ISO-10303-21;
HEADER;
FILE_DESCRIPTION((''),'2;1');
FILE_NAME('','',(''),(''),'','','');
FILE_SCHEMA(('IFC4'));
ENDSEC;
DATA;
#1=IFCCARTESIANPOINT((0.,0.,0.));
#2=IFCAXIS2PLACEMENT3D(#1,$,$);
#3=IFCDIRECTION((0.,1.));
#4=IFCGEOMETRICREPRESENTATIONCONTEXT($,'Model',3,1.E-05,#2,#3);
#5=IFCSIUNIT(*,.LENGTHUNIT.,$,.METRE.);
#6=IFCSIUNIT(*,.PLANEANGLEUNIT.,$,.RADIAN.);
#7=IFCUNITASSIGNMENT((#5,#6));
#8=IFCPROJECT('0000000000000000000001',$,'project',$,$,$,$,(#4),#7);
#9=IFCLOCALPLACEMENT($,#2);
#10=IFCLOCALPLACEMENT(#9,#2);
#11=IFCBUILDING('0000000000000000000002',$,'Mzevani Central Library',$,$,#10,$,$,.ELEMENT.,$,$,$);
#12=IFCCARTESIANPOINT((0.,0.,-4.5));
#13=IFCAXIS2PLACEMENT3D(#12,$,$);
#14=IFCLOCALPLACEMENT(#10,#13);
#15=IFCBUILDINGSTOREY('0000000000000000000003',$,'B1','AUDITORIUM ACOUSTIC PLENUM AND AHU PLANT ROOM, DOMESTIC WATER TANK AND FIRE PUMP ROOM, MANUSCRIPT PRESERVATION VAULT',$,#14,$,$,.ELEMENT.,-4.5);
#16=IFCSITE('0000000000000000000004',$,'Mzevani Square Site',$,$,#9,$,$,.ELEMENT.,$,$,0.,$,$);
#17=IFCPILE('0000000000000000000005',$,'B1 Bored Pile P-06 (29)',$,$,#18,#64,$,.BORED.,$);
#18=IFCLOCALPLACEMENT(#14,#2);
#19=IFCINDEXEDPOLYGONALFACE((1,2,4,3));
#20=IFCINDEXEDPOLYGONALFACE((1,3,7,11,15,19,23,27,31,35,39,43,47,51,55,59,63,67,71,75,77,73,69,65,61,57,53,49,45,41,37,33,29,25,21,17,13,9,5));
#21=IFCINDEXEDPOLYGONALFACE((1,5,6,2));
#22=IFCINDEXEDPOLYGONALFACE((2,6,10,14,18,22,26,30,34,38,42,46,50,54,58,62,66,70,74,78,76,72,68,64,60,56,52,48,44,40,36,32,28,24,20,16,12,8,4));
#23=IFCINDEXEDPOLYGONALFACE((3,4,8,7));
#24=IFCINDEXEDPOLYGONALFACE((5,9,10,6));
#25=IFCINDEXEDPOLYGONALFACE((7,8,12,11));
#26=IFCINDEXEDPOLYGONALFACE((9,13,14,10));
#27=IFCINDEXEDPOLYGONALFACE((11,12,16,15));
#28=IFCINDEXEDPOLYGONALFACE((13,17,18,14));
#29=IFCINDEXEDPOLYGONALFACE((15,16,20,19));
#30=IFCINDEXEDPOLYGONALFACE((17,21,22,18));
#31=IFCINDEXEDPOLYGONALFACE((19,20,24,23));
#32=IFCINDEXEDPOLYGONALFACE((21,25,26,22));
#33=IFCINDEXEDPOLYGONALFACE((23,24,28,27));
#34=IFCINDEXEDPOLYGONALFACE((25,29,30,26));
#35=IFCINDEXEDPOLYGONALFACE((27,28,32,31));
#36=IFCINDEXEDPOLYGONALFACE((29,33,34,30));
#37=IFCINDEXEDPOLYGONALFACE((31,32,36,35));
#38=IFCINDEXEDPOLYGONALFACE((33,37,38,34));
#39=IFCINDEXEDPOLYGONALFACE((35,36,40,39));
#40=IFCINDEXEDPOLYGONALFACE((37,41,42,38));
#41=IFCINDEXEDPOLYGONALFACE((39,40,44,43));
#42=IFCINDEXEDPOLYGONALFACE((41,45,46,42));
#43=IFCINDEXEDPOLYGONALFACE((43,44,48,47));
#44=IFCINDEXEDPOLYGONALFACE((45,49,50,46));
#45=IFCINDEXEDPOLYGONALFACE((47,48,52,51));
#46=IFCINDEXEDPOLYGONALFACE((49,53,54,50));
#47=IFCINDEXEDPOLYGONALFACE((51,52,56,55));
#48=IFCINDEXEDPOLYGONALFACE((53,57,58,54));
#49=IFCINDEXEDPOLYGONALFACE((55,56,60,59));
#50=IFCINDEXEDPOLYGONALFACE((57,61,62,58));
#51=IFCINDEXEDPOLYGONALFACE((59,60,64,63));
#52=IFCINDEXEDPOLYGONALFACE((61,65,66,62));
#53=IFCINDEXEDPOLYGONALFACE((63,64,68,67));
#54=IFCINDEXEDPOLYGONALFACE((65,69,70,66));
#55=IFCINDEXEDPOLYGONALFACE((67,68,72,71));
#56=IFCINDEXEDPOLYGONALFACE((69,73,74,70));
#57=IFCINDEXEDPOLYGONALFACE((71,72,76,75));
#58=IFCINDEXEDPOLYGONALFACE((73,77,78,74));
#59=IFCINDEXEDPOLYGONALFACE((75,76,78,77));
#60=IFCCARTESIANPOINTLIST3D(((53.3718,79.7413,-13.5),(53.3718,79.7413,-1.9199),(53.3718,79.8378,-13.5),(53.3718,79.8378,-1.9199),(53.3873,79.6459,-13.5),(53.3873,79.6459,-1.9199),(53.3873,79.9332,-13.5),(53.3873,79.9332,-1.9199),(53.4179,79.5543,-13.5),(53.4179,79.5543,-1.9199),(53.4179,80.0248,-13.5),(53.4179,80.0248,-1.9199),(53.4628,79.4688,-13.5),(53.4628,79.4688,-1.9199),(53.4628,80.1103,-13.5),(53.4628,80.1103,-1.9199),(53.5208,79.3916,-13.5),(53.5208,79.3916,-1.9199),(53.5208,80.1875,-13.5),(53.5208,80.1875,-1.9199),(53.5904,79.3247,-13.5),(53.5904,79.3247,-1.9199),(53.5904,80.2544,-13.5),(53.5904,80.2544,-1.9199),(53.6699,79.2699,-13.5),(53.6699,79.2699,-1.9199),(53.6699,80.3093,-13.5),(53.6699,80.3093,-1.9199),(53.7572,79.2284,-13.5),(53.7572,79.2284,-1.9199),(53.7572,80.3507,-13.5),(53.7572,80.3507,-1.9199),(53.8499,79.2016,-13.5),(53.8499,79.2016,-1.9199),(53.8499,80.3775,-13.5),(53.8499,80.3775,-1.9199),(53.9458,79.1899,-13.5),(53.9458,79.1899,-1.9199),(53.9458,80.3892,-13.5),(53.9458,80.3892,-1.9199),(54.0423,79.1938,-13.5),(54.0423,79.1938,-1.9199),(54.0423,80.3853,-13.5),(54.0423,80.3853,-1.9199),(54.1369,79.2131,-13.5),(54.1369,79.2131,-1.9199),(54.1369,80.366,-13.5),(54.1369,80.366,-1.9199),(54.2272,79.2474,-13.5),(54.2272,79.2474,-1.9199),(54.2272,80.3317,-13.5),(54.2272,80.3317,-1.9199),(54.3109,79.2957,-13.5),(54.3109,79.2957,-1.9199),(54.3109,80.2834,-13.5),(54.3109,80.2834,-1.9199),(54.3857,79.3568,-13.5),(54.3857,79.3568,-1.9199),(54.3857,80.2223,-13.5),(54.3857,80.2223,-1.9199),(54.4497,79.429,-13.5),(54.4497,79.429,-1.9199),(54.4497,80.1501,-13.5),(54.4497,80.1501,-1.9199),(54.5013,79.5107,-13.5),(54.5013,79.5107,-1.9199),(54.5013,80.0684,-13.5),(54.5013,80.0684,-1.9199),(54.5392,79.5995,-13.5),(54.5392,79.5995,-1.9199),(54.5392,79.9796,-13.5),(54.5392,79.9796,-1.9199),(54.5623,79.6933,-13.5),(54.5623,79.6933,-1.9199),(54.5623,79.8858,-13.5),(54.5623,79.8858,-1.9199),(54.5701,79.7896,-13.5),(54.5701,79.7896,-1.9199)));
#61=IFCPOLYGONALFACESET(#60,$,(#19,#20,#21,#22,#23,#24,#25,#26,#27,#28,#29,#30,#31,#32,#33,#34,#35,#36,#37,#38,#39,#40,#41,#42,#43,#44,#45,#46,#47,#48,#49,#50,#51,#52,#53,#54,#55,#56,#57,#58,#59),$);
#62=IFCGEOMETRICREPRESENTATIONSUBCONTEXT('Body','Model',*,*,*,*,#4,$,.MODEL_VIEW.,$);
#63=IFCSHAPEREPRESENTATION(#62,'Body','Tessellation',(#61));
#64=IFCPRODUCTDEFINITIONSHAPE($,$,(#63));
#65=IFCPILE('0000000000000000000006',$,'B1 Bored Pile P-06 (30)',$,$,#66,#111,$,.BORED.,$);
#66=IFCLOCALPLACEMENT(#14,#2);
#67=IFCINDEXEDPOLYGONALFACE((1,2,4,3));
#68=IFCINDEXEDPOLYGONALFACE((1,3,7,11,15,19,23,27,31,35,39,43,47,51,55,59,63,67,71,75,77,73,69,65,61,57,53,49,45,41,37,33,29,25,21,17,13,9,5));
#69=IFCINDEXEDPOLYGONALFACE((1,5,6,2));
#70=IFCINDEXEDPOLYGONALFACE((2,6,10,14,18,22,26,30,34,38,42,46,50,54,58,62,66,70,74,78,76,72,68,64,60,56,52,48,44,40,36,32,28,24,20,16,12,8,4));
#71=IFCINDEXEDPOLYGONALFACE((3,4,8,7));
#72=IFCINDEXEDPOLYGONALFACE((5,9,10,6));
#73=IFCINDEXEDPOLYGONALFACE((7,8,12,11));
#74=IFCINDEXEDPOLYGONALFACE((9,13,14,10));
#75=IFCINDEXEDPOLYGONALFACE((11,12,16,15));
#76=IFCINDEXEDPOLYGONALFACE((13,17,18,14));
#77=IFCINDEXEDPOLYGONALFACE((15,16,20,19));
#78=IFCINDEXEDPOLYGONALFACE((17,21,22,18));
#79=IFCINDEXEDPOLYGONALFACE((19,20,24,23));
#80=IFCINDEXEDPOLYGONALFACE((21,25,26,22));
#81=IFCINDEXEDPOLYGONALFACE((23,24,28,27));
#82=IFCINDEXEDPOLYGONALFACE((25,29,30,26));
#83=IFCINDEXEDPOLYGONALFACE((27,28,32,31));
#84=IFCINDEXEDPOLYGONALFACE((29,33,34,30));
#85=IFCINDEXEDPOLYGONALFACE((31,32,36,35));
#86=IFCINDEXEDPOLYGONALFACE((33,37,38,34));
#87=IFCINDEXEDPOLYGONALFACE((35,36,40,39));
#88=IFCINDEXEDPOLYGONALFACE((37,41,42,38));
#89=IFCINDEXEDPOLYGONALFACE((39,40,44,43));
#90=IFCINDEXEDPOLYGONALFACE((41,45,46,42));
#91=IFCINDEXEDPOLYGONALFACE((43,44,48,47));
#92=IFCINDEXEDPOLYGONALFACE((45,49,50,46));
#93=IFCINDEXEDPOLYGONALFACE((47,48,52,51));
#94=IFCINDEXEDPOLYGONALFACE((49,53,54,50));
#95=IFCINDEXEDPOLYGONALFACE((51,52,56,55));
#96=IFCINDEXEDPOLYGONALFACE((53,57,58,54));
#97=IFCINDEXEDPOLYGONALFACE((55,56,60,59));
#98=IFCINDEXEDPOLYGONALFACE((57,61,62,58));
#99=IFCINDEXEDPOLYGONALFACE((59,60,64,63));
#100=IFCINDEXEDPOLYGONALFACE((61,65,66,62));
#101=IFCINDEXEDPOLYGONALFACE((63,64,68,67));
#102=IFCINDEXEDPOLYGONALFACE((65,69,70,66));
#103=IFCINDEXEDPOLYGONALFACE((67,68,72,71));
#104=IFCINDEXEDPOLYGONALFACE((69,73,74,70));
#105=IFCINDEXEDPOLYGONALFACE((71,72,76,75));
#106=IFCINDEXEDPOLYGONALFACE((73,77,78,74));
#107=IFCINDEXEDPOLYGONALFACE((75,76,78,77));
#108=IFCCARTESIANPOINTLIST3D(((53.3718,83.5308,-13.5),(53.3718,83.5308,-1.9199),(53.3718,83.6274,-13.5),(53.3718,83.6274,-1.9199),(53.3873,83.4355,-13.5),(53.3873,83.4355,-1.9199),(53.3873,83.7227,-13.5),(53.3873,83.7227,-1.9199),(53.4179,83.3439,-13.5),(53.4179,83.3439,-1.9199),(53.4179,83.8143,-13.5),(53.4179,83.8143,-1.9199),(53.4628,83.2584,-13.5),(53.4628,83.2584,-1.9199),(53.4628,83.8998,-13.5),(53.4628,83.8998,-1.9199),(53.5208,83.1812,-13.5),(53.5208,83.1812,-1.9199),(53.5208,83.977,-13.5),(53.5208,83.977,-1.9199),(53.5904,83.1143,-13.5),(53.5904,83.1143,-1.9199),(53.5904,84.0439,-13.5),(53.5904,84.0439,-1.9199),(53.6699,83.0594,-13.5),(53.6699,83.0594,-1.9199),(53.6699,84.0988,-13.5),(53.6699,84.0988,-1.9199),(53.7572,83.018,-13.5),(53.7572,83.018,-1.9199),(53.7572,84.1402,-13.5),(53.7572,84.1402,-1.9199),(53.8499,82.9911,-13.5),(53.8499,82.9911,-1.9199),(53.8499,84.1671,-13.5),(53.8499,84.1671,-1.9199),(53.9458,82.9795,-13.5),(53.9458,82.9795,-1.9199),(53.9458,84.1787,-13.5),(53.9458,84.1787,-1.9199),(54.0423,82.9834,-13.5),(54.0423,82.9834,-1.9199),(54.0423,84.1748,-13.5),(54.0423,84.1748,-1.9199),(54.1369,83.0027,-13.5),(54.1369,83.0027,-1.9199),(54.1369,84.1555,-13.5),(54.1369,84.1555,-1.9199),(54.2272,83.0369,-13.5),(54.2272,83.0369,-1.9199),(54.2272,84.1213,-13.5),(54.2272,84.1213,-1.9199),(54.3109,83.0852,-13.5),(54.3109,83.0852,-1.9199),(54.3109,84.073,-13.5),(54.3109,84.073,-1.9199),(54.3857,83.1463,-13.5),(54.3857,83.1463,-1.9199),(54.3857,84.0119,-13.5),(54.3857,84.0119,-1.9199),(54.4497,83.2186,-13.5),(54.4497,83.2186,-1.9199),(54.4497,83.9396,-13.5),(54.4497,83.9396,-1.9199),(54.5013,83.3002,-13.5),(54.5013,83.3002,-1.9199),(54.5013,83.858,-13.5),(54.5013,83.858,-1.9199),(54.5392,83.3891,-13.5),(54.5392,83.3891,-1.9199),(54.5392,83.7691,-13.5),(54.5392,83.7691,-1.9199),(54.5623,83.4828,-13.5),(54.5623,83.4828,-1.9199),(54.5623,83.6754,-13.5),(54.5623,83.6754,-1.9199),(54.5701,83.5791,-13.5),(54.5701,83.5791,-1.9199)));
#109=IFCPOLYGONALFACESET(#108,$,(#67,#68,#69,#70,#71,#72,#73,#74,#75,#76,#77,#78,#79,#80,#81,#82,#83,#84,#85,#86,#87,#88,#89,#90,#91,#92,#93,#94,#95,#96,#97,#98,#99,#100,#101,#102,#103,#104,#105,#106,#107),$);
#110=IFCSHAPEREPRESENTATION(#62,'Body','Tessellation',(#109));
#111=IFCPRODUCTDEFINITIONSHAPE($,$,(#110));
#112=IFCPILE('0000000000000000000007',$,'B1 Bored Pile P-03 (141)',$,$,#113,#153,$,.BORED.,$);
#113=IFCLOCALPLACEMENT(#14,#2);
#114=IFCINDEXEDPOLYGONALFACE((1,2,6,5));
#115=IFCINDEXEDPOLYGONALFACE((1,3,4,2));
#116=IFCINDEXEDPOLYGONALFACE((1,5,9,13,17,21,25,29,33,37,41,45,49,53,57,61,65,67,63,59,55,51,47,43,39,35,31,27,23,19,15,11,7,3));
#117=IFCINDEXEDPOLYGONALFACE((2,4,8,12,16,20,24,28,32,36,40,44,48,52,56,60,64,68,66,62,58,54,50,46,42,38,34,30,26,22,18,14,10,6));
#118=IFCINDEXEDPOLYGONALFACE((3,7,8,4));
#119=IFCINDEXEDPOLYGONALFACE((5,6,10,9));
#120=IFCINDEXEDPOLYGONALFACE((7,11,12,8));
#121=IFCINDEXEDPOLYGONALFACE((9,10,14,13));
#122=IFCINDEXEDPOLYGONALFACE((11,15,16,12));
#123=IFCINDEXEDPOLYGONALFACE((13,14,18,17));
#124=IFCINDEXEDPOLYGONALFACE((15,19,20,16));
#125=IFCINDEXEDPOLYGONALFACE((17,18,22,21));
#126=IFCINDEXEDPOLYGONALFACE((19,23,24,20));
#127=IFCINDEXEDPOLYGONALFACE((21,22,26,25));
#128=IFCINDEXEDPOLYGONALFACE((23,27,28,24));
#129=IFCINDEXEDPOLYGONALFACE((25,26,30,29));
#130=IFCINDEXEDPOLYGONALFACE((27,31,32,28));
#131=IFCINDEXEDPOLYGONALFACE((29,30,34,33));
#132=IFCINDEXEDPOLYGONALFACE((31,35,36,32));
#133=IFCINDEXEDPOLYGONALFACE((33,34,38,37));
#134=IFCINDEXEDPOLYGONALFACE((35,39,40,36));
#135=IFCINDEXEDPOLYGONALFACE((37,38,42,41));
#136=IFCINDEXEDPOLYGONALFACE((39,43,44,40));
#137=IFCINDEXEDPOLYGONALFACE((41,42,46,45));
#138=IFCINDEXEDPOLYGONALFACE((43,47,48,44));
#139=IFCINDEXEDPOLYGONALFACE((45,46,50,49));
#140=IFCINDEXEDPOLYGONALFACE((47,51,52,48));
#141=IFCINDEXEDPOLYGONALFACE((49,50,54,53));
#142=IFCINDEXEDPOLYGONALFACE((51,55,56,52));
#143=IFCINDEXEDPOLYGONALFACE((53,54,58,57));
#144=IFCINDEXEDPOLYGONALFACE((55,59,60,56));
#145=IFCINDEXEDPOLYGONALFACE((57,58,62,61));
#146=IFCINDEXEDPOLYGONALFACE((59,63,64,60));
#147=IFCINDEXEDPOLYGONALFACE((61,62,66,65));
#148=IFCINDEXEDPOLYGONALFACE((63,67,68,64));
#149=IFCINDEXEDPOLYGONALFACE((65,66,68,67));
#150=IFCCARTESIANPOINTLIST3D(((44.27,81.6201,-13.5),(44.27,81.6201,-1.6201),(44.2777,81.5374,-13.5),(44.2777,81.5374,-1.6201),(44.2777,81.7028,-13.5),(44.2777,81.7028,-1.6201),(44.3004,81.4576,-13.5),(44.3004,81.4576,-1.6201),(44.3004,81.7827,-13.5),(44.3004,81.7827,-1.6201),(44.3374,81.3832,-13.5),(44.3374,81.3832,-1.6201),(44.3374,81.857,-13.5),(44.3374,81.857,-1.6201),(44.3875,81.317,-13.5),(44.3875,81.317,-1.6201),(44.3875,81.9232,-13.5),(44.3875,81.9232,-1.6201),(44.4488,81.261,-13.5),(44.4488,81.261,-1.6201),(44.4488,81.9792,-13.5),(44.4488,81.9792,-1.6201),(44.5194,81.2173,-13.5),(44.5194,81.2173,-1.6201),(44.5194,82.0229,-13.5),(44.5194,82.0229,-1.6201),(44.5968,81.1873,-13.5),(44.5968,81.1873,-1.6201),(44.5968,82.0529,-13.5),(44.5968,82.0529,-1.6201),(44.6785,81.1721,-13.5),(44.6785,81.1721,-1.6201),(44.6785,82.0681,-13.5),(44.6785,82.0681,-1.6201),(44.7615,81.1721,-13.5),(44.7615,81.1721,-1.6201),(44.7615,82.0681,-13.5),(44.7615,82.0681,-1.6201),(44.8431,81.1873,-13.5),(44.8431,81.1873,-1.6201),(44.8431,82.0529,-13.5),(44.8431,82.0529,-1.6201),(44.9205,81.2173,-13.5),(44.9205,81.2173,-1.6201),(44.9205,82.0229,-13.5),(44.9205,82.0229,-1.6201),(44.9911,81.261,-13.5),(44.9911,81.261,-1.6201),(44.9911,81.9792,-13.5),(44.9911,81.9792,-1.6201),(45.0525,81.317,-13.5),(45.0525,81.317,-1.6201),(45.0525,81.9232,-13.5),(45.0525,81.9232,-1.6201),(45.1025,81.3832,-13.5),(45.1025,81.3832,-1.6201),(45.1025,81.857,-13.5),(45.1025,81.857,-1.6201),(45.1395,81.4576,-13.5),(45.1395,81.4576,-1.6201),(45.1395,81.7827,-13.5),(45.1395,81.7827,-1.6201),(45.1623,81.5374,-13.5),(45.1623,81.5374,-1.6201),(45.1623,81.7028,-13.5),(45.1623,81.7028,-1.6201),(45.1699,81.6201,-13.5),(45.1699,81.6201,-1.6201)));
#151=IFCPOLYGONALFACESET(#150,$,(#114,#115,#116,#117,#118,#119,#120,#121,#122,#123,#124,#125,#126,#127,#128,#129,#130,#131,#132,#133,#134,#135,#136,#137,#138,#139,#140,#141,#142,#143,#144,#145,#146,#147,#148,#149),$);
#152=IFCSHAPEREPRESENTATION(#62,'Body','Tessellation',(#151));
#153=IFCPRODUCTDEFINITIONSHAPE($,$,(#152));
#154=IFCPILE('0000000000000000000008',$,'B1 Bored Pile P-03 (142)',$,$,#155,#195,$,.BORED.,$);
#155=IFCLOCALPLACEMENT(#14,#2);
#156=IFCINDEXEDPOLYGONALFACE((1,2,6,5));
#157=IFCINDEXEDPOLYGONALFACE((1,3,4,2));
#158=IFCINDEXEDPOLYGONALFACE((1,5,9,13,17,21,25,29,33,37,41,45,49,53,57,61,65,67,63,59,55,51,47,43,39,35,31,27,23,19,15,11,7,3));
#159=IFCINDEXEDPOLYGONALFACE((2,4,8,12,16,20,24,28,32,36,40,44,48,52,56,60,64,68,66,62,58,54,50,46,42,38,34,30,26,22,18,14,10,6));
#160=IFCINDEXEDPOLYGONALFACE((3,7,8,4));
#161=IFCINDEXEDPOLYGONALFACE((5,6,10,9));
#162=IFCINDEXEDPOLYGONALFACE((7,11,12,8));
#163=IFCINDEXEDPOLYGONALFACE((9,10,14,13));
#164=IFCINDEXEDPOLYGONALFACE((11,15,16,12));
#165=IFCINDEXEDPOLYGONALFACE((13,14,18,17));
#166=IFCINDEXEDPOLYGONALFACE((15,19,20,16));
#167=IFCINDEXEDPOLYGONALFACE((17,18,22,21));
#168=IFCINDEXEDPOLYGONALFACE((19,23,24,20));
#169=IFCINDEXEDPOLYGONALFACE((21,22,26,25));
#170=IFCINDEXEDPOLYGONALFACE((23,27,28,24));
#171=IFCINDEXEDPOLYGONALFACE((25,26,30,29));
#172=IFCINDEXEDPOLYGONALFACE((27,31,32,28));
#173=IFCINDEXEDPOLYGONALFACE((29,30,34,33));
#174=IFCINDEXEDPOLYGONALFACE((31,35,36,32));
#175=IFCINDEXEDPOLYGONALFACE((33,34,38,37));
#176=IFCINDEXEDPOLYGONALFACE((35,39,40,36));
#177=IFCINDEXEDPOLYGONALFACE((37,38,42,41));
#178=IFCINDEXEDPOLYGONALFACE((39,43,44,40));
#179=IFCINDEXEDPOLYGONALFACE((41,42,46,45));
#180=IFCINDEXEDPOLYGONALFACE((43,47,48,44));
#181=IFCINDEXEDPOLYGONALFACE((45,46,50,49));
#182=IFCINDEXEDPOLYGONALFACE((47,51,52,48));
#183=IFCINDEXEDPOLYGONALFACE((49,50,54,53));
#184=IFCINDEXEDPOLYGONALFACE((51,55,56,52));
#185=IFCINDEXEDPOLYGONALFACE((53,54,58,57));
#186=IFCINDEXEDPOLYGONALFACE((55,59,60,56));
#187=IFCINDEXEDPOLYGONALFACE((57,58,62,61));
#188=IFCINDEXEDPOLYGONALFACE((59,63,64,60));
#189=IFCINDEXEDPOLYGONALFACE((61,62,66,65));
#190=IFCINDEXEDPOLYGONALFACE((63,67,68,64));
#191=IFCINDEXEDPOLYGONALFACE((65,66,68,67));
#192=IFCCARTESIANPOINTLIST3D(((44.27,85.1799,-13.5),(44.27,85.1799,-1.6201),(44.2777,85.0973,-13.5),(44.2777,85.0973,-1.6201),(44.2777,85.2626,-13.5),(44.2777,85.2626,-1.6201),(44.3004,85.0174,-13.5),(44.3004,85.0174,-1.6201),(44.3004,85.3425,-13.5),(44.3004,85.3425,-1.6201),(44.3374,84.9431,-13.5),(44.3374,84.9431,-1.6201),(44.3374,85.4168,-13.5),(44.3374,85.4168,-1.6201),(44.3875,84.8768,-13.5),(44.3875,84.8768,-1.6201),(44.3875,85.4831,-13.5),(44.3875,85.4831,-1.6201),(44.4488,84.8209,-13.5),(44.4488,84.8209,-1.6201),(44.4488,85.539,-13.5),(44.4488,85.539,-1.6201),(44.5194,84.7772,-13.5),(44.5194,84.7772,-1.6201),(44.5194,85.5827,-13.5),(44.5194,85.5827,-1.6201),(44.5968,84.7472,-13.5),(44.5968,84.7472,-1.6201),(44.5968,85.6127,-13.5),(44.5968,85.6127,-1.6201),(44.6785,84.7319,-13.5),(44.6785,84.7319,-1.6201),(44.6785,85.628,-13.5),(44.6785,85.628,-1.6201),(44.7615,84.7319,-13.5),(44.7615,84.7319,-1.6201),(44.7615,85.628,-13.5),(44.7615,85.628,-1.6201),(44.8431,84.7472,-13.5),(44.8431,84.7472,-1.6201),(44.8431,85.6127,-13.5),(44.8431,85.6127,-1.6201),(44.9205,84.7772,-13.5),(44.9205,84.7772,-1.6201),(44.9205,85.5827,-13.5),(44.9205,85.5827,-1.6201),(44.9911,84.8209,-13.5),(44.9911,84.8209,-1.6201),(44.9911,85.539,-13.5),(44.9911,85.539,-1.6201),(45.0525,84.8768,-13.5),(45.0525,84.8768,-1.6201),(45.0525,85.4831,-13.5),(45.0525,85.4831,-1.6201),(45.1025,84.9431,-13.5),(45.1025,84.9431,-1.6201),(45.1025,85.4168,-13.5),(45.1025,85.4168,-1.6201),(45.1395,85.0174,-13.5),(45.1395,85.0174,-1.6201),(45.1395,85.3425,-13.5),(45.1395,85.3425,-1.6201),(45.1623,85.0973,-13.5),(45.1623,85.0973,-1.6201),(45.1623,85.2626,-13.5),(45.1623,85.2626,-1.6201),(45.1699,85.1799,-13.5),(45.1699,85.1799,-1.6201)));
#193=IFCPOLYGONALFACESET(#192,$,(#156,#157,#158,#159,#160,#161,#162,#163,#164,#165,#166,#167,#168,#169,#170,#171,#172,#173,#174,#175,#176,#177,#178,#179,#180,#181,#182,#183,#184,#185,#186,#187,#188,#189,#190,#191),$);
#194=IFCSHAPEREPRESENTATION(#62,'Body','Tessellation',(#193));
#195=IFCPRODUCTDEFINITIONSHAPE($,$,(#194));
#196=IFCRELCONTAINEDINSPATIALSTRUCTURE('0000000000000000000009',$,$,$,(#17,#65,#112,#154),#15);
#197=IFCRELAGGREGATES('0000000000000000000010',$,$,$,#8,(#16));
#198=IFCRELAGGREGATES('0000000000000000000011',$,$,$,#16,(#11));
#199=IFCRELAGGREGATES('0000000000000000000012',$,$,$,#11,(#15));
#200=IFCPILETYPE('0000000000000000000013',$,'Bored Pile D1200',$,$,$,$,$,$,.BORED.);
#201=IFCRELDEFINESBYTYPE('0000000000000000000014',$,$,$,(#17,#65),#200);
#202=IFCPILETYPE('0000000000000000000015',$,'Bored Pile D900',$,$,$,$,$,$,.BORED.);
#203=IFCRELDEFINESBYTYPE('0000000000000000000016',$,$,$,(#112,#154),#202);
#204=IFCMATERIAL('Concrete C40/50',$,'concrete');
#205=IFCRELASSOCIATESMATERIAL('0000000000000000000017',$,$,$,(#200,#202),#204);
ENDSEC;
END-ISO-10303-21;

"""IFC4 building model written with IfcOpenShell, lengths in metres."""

from ifc_helpers import new_model, si_unit, direction, frame, origin, origin_2d, place, context, subcontext, project, spatial, circle, extrude, material, material_profile, profile_set, type_object, element, save


model = new_model("IFC4")

# Units and contexts
model_context = context("Model", 3, precision=1e-05, world=origin(), true_north=direction((0.0, 1.0)))
body_context = subcontext(model_context, "Body", "Model", "MODEL_VIEW")
ifc_project = project(units=[si_unit("LENGTHUNIT", "METRE"), si_unit("PLANEANGLEUNIT", "RADIAN")], contexts=[model_context])

# Site, building, storey
site_placement = place(None, origin())
site = spatial("IfcSite", under=ifc_project, at=site_placement, Name="Mzevani Square Site", CompositionType="ELEMENT", RefElevation=0.0)
building_placement = place(site_placement, origin())
building = spatial("IfcBuilding", under=site, at=building_placement, Name="Mzevani Central Library", CompositionType="ELEMENT")
storey_placement = place(building_placement, frame((0.0, 0.0, -4.5)))
storey = spatial("IfcBuildingStorey", under=building, at=storey_placement, Name="B1", Description="AUDITORIUM ACOUSTIC PLENUM AND AHU PLANT ROOM, DOMESTIC WATER TANK AND FIRE PUMP ROOM, MANUSCRIPT PRESERVATION VAULT", CompositionType="ELEMENT", Elevation=-4.5)

# Piles
ifc_material_1 = material(Name="Concrete C40/50", Category="concrete")
ifc_material_profile_1 = material_profile(ifc_material_1, circle(Radius=0.6001, at=origin_2d()), Name="PILE D1200")
ifc_profile_set_1 = profile_set([ifc_material_profile_1], Name="Concrete C40/50")
pile_type_1 = type_object("IfcPileType", Name="Bored Pile D1200", PredefinedType="BORED", material=ifc_profile_set_1)
for number, where, z_axis, x_axis, name in (
    (1, (53.97, 79.7896, -1.9199), (0.0, 0.0, -1.0), (1.0, 0.0, 0.0), "B1 Bored Pile P-06 (29)"),
    (2, (53.97, 83.5791, -1.9199), (0.0, 0.0, -1.0), (1.0, 0.0, 0.0), "B1 Bored Pile P-06 (30)"),
):
    element("IfcPile", number, at=place(storey_placement, frame(where, z_axis=z_axis, x_axis=x_axis)), inside=storey, type_object=pile_type_1, Name=name, PredefinedType="BORED", context=body_context, shape_type="SweptSolid", body=[
        extrude(circle(Radius=0.6001, at=origin_2d()), origin(), (0.0, 0.0, 1.0), 11.5801),
    ])
ifc_material_profile_2 = material_profile(ifc_material_1, circle(Radius=0.45, at=origin_2d()), Name="PILE D900")
ifc_profile_set_2 = profile_set([ifc_material_profile_2], Name="Concrete C40/50")
pile_type_2 = type_object("IfcPileType", Name="Bored Pile D900", PredefinedType="BORED", material=ifc_profile_set_2)
for number, where, z_axis, x_axis, name in (
    (3, (44.72, 81.6201, -1.6201), (0.0, 0.0, -1.0), (1.0, 0.0, 0.0), "B1 Bored Pile P-03 (141)"),
    (4, (44.72, 85.1799, -1.6201), (0.0, 0.0, -1.0), (1.0, 0.0, 0.0), "B1 Bored Pile P-03 (142)"),
):
    element("IfcPile", number, at=place(storey_placement, frame(where, z_axis=z_axis, x_axis=x_axis)), inside=storey, type_object=pile_type_2, Name=name, PredefinedType="BORED", context=body_context, shape_type="SweptSolid", body=[
        extrude(circle(Radius=0.45, at=origin_2d()), origin(), (0.0, 0.0, 1.0), 11.8799),
    ])

save(model, "model.ifc")
